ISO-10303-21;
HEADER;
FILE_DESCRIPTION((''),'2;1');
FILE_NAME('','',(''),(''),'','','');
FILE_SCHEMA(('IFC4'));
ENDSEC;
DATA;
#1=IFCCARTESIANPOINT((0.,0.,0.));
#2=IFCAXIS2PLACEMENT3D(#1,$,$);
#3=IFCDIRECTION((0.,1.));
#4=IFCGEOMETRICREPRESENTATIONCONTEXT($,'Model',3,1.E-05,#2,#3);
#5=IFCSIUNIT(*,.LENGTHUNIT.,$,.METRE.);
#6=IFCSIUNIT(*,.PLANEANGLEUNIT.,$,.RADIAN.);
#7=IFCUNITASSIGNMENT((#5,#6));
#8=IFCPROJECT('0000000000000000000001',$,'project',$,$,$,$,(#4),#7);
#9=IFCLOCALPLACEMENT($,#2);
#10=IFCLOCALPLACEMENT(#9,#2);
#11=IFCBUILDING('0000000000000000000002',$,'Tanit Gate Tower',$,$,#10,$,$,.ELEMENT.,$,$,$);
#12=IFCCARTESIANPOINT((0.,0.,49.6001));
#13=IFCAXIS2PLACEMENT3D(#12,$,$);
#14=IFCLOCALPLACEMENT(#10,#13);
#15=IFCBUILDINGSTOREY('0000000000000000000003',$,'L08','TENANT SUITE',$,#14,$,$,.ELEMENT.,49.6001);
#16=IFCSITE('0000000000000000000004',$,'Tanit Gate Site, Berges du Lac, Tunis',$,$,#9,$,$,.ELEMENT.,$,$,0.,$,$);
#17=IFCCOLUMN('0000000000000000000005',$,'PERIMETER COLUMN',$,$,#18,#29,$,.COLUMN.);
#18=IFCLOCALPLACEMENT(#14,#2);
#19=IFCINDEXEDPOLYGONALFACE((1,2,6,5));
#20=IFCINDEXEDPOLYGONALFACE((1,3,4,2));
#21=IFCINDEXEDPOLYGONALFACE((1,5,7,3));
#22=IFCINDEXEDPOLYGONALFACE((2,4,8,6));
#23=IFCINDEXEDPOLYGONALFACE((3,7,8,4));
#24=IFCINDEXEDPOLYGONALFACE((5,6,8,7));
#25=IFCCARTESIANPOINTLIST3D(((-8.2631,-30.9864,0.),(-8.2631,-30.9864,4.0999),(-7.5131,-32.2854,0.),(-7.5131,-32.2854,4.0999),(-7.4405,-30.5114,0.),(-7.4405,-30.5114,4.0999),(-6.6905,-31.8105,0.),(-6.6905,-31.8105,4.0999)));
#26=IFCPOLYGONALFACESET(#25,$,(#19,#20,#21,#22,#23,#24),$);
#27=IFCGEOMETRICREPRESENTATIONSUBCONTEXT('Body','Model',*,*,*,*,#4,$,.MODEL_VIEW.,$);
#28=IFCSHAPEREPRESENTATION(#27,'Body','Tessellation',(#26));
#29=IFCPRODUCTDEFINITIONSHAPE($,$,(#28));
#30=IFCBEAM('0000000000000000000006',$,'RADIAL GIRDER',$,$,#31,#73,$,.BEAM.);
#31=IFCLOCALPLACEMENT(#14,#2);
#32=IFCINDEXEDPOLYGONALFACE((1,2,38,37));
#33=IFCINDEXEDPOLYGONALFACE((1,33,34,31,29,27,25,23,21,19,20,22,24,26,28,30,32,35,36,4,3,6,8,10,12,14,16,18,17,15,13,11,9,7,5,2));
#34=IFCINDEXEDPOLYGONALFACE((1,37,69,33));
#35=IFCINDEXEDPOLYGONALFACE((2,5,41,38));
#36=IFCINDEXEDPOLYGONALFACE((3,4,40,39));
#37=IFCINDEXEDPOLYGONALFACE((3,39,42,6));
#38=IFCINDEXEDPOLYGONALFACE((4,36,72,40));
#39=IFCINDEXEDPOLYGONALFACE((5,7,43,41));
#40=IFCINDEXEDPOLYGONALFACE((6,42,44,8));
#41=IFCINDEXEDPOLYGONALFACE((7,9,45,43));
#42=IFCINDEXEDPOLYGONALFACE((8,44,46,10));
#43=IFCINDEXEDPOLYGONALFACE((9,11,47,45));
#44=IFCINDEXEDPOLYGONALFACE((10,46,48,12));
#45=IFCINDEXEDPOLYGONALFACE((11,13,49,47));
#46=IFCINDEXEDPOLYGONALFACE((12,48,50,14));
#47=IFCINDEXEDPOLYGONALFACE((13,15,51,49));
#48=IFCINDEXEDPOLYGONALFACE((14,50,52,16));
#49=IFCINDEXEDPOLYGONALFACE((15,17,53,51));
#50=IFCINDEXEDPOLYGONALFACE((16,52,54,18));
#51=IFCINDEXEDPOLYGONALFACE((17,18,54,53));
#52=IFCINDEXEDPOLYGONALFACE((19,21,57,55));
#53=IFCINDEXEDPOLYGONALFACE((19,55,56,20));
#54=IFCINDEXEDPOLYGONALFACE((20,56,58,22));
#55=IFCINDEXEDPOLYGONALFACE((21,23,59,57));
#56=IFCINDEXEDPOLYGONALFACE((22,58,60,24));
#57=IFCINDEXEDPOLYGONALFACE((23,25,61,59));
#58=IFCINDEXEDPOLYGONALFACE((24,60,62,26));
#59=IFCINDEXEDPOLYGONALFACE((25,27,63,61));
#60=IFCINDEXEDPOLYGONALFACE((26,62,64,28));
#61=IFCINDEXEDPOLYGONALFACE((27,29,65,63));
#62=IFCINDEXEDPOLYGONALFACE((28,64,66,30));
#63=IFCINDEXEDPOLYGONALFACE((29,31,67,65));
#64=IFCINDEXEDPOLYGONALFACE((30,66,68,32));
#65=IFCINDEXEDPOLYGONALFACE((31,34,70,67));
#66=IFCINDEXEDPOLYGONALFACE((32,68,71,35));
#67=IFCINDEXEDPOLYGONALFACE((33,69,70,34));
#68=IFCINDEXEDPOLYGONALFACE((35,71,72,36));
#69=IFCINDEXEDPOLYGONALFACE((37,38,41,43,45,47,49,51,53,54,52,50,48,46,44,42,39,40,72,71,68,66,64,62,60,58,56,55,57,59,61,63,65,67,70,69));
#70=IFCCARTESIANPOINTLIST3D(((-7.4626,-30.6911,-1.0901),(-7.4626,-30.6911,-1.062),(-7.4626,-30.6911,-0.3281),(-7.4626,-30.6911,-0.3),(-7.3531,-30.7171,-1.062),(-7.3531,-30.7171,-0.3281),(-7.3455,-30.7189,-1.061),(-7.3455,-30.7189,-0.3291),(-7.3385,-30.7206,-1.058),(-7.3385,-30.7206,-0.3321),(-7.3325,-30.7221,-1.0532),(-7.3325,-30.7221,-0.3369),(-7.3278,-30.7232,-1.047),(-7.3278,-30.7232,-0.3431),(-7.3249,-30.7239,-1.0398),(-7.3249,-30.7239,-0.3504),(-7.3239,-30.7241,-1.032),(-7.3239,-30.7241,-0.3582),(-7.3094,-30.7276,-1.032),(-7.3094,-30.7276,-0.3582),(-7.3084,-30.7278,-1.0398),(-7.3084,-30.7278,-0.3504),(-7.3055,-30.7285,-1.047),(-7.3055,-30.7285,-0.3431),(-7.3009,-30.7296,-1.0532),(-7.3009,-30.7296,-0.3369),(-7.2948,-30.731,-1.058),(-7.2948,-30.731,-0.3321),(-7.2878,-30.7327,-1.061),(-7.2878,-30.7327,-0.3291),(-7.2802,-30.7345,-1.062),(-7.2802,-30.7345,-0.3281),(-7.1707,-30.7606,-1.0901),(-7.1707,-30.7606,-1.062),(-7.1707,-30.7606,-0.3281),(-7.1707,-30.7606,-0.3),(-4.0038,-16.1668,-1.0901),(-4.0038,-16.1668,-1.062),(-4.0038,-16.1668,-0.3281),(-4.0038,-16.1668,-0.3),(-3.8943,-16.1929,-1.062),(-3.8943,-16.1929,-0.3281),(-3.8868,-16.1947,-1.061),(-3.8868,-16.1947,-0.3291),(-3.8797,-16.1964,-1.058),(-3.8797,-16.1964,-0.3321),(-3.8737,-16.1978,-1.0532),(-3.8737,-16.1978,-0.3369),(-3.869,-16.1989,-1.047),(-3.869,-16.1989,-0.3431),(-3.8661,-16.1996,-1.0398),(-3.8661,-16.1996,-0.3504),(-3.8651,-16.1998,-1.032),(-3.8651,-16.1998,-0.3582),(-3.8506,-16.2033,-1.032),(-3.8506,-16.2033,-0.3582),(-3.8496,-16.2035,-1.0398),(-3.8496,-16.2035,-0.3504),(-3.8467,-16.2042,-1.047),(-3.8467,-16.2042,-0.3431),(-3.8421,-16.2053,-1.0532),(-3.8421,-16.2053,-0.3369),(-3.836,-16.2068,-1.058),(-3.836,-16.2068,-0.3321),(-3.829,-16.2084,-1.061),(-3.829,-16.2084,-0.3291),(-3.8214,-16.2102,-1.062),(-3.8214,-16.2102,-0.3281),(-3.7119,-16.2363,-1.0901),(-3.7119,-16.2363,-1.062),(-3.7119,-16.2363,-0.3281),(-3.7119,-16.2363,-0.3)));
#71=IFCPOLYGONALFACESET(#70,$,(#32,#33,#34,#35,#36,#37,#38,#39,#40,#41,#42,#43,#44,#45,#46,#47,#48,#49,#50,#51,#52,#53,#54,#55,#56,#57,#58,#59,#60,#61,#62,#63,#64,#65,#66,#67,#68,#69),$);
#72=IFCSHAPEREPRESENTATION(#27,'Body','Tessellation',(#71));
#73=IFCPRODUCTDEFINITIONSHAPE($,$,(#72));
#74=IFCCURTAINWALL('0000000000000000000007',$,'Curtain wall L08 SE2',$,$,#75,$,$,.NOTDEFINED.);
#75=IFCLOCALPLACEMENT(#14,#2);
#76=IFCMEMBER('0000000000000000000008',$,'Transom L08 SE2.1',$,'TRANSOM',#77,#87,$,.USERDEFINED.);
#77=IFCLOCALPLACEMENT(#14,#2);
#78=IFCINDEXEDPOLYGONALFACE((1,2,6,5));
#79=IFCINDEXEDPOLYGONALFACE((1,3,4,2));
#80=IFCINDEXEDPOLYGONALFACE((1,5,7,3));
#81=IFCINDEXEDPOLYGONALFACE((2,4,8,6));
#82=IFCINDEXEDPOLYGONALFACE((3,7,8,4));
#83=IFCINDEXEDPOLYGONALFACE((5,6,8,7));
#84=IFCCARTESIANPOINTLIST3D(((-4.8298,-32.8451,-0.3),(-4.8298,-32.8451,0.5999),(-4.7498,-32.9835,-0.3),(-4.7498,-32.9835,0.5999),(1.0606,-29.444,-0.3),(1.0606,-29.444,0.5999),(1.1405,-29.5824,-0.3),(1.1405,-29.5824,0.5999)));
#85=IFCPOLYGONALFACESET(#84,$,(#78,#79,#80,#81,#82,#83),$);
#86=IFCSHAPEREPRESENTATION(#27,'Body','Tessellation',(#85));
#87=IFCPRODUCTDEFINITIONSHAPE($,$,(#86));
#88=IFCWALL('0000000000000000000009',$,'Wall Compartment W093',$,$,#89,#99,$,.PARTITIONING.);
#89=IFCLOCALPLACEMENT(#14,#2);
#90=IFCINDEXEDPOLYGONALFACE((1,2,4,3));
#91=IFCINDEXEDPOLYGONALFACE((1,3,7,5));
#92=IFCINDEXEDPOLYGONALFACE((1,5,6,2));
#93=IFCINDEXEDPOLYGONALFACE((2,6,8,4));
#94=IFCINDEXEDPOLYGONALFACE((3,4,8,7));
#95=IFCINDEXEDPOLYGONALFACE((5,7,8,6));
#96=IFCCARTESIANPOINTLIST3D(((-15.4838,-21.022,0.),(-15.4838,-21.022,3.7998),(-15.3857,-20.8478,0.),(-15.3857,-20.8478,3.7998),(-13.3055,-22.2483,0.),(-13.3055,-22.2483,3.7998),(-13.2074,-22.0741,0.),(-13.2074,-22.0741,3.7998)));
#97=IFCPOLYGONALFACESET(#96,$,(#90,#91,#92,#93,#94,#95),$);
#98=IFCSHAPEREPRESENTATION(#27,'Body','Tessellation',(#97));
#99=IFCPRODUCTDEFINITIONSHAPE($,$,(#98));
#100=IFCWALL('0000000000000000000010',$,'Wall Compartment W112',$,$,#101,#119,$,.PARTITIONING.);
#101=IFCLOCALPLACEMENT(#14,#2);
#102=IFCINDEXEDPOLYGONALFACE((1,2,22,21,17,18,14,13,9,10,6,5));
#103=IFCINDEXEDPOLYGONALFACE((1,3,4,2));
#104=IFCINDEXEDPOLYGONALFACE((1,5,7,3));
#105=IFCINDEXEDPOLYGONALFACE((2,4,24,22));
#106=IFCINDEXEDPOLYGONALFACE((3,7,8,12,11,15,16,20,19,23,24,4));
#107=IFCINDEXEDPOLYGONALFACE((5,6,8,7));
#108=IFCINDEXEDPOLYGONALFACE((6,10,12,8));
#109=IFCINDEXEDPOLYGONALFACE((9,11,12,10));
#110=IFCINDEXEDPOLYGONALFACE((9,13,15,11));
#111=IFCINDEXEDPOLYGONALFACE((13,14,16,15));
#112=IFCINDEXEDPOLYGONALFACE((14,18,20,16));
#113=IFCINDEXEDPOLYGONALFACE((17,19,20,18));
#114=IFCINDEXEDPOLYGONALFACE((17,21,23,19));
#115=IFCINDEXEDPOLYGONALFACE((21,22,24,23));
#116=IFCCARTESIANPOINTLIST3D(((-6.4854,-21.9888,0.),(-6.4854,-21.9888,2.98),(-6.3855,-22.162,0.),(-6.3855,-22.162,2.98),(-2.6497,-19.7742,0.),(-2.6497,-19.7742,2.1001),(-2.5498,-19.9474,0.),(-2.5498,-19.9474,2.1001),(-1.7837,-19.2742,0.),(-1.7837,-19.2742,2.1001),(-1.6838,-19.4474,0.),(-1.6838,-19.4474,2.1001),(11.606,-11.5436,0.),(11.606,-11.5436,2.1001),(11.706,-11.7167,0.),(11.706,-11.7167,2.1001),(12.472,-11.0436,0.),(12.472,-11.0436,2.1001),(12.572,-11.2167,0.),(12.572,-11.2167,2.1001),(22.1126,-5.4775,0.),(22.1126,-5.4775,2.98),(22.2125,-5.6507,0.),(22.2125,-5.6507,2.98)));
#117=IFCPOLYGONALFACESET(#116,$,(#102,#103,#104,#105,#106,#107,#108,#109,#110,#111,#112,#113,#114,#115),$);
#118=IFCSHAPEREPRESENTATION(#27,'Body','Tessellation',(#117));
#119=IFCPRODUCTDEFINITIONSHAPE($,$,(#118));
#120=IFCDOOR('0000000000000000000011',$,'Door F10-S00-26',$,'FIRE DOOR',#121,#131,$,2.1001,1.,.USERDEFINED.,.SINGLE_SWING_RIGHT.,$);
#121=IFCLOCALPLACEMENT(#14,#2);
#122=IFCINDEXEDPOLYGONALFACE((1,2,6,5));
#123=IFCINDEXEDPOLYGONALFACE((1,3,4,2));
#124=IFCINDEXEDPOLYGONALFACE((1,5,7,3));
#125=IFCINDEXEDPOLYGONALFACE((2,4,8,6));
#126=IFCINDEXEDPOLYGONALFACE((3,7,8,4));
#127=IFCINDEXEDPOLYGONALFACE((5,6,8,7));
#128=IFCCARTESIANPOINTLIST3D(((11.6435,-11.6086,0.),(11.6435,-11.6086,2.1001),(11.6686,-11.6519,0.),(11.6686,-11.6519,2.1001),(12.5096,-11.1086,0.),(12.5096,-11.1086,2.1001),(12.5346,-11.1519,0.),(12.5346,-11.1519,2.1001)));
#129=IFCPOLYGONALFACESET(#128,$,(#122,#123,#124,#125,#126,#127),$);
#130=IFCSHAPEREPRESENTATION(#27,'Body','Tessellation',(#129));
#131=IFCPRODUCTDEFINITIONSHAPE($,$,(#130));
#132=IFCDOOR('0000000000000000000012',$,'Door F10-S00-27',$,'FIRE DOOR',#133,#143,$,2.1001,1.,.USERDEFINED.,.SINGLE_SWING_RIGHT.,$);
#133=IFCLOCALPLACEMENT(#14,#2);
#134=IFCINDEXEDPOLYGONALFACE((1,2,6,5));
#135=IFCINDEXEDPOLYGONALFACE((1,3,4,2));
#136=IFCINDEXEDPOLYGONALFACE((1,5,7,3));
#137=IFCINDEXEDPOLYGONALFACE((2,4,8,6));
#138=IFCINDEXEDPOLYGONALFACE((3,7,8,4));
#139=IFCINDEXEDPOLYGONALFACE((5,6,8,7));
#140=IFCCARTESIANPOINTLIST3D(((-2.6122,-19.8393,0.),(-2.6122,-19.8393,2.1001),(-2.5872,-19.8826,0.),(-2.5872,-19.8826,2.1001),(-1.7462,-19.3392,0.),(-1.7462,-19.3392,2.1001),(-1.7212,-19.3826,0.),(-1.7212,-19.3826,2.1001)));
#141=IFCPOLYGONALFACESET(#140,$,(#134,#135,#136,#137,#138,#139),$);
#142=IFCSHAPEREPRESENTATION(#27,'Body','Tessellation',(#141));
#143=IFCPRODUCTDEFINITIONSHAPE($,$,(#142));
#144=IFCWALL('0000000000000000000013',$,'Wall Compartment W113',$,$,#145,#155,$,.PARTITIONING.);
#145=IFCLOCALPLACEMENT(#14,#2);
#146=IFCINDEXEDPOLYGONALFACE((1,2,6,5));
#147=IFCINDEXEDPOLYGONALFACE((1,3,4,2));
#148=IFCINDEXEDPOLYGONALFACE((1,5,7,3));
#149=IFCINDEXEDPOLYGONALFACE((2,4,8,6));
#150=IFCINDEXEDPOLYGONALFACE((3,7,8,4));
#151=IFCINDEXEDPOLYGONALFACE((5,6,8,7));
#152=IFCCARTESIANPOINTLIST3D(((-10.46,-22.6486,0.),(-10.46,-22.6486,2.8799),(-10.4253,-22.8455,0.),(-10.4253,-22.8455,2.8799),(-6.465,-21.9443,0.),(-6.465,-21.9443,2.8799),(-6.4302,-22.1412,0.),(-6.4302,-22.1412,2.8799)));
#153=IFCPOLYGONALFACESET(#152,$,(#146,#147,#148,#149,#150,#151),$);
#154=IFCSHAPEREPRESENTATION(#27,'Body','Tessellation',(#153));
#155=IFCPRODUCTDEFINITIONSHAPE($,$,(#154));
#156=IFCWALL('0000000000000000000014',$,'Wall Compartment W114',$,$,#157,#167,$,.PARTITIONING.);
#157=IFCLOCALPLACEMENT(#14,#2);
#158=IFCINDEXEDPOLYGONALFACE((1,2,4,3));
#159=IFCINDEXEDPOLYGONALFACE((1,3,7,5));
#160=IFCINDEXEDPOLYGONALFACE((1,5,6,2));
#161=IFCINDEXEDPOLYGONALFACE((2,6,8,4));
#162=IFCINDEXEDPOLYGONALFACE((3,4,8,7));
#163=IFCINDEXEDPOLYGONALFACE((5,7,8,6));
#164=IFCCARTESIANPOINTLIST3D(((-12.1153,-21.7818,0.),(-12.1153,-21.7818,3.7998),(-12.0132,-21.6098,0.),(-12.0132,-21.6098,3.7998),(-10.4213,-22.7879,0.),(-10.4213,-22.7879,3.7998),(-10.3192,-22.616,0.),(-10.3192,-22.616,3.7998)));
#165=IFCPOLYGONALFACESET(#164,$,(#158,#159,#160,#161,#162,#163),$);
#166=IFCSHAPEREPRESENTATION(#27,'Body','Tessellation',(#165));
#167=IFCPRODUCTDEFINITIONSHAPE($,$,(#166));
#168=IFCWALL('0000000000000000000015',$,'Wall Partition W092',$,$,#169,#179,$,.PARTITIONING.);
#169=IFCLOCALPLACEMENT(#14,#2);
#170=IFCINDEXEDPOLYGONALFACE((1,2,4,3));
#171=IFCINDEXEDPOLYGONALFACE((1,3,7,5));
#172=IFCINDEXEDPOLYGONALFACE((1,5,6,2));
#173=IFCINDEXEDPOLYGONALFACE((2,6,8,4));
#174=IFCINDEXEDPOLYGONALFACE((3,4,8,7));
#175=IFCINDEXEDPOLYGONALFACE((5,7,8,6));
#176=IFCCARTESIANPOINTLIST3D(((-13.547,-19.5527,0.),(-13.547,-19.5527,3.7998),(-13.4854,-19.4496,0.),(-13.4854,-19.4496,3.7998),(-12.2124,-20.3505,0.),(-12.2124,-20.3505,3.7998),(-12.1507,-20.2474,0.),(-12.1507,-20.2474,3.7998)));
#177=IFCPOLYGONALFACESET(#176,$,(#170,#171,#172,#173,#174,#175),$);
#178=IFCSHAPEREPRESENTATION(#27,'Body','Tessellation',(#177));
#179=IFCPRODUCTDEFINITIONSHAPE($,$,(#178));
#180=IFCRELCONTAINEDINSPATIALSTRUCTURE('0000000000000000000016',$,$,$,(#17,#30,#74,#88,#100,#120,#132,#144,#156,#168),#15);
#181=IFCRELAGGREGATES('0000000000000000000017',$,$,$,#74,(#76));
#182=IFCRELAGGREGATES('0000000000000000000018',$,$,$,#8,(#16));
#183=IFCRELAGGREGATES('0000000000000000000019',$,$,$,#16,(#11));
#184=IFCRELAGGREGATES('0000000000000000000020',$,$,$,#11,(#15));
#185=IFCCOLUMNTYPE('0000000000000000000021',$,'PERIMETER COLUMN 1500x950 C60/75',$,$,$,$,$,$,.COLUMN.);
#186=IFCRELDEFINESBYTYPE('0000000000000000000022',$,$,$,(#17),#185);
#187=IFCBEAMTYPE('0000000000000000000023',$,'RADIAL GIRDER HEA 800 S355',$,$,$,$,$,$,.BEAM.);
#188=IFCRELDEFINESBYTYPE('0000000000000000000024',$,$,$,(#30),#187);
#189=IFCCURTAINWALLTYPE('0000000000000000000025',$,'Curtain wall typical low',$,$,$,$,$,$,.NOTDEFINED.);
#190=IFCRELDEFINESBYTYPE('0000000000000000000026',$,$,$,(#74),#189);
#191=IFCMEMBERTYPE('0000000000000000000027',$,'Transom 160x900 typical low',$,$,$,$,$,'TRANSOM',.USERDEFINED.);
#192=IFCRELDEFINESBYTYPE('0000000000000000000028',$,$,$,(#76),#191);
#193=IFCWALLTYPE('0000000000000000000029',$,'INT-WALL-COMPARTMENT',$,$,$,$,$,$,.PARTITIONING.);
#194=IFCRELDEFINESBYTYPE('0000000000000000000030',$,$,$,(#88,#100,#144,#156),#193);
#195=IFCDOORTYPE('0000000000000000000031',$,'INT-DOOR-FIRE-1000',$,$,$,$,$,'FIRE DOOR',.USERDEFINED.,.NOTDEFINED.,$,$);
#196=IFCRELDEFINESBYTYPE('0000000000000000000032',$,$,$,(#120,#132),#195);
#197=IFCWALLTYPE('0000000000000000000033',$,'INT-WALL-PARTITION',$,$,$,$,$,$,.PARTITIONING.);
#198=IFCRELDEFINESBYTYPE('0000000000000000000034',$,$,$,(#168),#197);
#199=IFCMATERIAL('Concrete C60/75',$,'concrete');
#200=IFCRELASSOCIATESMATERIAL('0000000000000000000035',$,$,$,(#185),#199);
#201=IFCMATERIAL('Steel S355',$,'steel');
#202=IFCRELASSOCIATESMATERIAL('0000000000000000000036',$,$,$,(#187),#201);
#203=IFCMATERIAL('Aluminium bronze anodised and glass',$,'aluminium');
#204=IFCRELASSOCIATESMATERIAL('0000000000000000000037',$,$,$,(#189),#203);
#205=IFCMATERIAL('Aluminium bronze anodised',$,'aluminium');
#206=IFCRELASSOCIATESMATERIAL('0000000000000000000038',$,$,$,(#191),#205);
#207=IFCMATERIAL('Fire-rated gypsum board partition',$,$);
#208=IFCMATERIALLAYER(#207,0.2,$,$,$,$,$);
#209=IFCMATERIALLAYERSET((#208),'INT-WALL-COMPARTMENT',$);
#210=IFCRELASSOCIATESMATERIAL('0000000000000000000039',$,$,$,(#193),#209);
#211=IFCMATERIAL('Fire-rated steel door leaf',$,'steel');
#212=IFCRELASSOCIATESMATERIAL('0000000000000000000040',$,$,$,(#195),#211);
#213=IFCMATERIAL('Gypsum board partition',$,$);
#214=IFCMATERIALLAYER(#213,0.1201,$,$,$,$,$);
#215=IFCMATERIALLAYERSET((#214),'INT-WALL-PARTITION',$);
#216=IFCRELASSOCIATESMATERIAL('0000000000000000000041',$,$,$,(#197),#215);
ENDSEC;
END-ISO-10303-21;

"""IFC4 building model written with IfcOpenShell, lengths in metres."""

from ifc_helpers import new_model, si_unit, direction, frame, frame_2d, origin, origin_2d, place, context, subcontext, project, spatial, rectangle, i_section, extrude, material, layer, layer_set, material_profile, profile_set, type_object, element, fill, aggregate, save


model = new_model("IFC4")

# Units and contexts
model_context = context("Model", 3, precision=1e-05, world=origin(), true_north=direction((0.0, 1.0)))
body_context = subcontext(model_context, "Body", "Model", "MODEL_VIEW")
ifc_project = project(units=[si_unit("LENGTHUNIT", "METRE"), si_unit("PLANEANGLEUNIT", "RADIAN")], contexts=[model_context])

# Site, building, storey
site_placement = place(None, origin())
site = spatial("IfcSite", under=ifc_project, at=site_placement, Name="Tanit Gate Site, Berges du Lac, Tunis", CompositionType="ELEMENT", RefElevation=0.0)
building_placement = place(site_placement, origin())
building = spatial("IfcBuilding", under=site, at=building_placement, Name="Tanit Gate Tower", CompositionType="ELEMENT")
storey_placement = place(building_placement, frame((0.0, 0.0, 49.6001)))
storey = spatial("IfcBuildingStorey", under=building, at=storey_placement, Name="L08", Description="TENANT SUITE", CompositionType="ELEMENT", Elevation=49.6001)

# Column
ifc_material_1 = material(Name="Concrete C60/75", Category="concrete")
ifc_material_profile_1 = material_profile(ifc_material_1, rectangle(XDim=1.5, YDim=0.95, at=origin_2d()), Name="RC 1500x950")
ifc_profile_set_1 = profile_set([ifc_material_profile_1], Name="Concrete C60/75")
column_type = type_object("IfcColumnType", Name="PERIMETER COLUMN 1500x950 C60/75", PredefinedType="COLUMN", material=ifc_profile_set_1)
column_placement = place(storey_placement, frame((-7.4768, -31.3984, 0.0), z_axis=(0.0, 0.0, 1.0), x_axis=(0.5, -0.866025, 0.0)))
element("IfcColumn", 1, at=column_placement, inside=storey, type_object=column_type, Name="PERIMETER COLUMN", PredefinedType="COLUMN", context=body_context, shape_type="SweptSolid", body=[
    extrude(rectangle(XDim=1.5, YDim=0.95, at=origin_2d()), origin(), (0.0, 0.0, 1.0), 4.0999),
])

# Beam
ifc_material_2 = material(Name="Steel S355", Category="steel")
ifc_material_profile_2 = material_profile(ifc_material_2, i_section(OverallWidth=0.3, OverallDepth=0.79, WebThickness=0.0149, FlangeThickness=0.0281, FilletRadius=0.03, at=origin_2d()), Name="HEA 800")
ifc_profile_set_2 = profile_set([ifc_material_profile_2], Name="Steel S355")
beam_type = type_object("IfcBeamType", Name="RADIAL GIRDER HEA 800 S355", PredefinedType="BEAM", material=ifc_profile_set_2)
beam_placement = place(storey_placement, frame((-7.3167, -30.7258, -0.6951), z_axis=(0.231659, 0.972797, 0.0), x_axis=(-0.972797, 0.231659, 0.0)))
element("IfcBeam", 2, at=beam_placement, inside=storey, type_object=beam_type, Name="RADIAL GIRDER", PredefinedType="BEAM", context=body_context, shape_type="SweptSolid", body=[
    extrude(i_section(OverallWidth=0.3, OverallDepth=0.79, WebThickness=0.0149, FlangeThickness=0.0281, FilletRadius=0.03, at=origin_2d()), origin(), (0.0, 0.0, 1.0), 14.9304),
])

# Curtain wall, member
ifc_material_3 = material(Name="Aluminium bronze anodised and glass", Category="aluminium")
curtain_wall_type = type_object("IfcCurtainWallType", Name="Curtain wall typical low", PredefinedType="NOTDEFINED", material=ifc_material_3)
curtain_wall_placement = place(storey_placement, origin())
curtain_wall = element("IfcCurtainWall", 3, at=curtain_wall_placement, inside=storey, type_object=curtain_wall_type, Name="Curtain wall L08 SE2", PredefinedType="NOTDEFINED")
ifc_material_4 = material(Name="Aluminium bronze anodised", Category="aluminium")
ifc_material_profile_3 = material_profile(ifc_material_4, rectangle(XDim=0.1599, YDim=0.8999, at=origin_2d()), Name="160x900 bronze transom")
ifc_profile_set_3 = profile_set([ifc_material_profile_3], Name="Aluminium bronze anodised")
member_type = type_object("IfcMemberType", Name="Transom 160x900 typical low", ElementType="TRANSOM", PredefinedType="USERDEFINED", material=ifc_profile_set_3)
member_placement = place(storey_placement, frame((-4.7898, -32.9143, 0.1499), z_axis=(0.866006, 0.500034, 0.0), x_axis=(-0.500034, 0.866006, 0.0)))
member = element("IfcMember", 4, at=member_placement, type_object=member_type, Name="Transom L08 SE2.1", ObjectType="TRANSOM", PredefinedType="USERDEFINED", context=body_context, shape_type="SweptSolid", body=[
    extrude(rectangle(XDim=0.1599, YDim=0.8999, at=origin_2d()), origin(), (0.0, 0.0, 1.0), 6.8018),
])
aggregate(curtain_wall, [member])

# Wall
ifc_material_5 = material(Name="Fire-rated gypsum board partition")
ifc_layer_1 = layer(ifc_material_5, 0.2)
ifc_layer_set_1 = layer_set([ifc_layer_1], Name="INT-WALL-COMPARTMENT")
wall_type_1 = type_object("IfcWallType", Name="INT-WALL-COMPARTMENT", PredefinedType="PARTITIONING", material=ifc_layer_set_1)
wall_1_placement = place(storey_placement, frame((-15.4348, -20.9348, 0.0), z_axis=(0.0, 0.0, 1.0), x_axis=(0.871393, -0.490586, 0.0)))
element("IfcWall", 5, at=wall_1_placement, inside=storey, type_object=wall_type_1, Name="Wall Compartment W093", PredefinedType="PARTITIONING", context=body_context, shape_type="SweptSolid", body=[
    extrude(rectangle(XDim=2.4998, YDim=0.2, at=frame_2d((1.25, 0.0))), origin(), (0.0, 0.0, 1.0), 3.7998),
])

# Wall, openings, doors
wall_2_placement = place(storey_placement, frame((-6.4355, -22.0754, 0.0), z_axis=(0.0, 0.0, 1.0), x_axis=(0.866022, 0.500005, 0.0)))
wall_2 = element("IfcWall", 6, at=wall_2_placement, inside=storey, type_object=wall_type_1, Name="Wall Compartment W112", PredefinedType="PARTITIONING", context=body_context, shape_type="SweptSolid", body=[
    extrude(rectangle(XDim=33.0222, YDim=0.2, at=frame_2d((16.5112, 0.0))), origin(), (0.0, 0.0, 1.0), 2.98),
])
opening_1_placement = place(wall_2_placement, frame((20.8904, 0.0, 0.0)))
opening_1 = element("IfcOpeningElement", 7, at=opening_1_placement, cuts=wall_2, PredefinedType="OPENING", context=body_context, shape_type="SweptSolid", body=[
    extrude(rectangle(XDim=1.0, YDim=2.1001, at=frame_2d((0.5, 1.05))), frame((0.0, 0.1099, 0.0), z_axis=(0.0, -1.0, 0.0), x_axis=(1.0, 0.0, 0.0)), (0.0, 0.0, 1.0), 0.22),
])
opening_2_placement = place(wall_2_placement, frame((4.4292, 0.0, 0.0)))
opening_2 = element("IfcOpeningElement", 8, at=opening_2_placement, cuts=wall_2, PredefinedType="OPENING", context=body_context, shape_type="SweptSolid", body=[
    extrude(rectangle(XDim=1.0, YDim=2.1001, at=frame_2d((0.5, 1.05))), frame((0.0, 0.1099, 0.0), z_axis=(0.0, -1.0, 0.0), x_axis=(1.0, 0.0, 0.0)), (0.0, 0.0, 1.0), 0.22),
])
ifc_material_6 = material(Name="Fire-rated steel door leaf", Category="steel")
door_type_1 = type_object("IfcDoorType", Name="INT-DOOR-FIRE-1000", ElementType="FIRE DOOR", OperationType="NOTDEFINED", PredefinedType="USERDEFINED", material=ifc_material_6)
door_1_placement = place(opening_1_placement, origin())
door_1 = element("IfcDoor", 9, at=door_1_placement, inside=storey, type_object=door_type_1, Name="Door F10-S00-26", ObjectType="FIRE DOOR", OperationType="SINGLE_SWING_RIGHT", OverallHeight=2.1001, OverallWidth=1.0, PredefinedType="USERDEFINED", context=body_context, shape_type="SweptSolid", body=[
    extrude(rectangle(XDim=1.0, YDim=2.1001, at=frame_2d((0.5, 1.05))), frame((0.0, 0.0249, 0.0), z_axis=(0.0, -1.0, 0.0), x_axis=(1.0, 0.0, 0.0)), (0.0, 0.0, 1.0), 0.05),
])
fill(opening_1, door_1)
door_2_placement = place(opening_2_placement, origin())
door_2 = element("IfcDoor", 10, at=door_2_placement, inside=storey, type_object=door_type_1, Name="Door F10-S00-27", ObjectType="FIRE DOOR", OperationType="SINGLE_SWING_RIGHT", OverallHeight=2.1001, OverallWidth=1.0, PredefinedType="USERDEFINED", context=body_context, shape_type="SweptSolid", body=[
    extrude(rectangle(XDim=1.0, YDim=2.1001, at=frame_2d((0.5, 1.05))), frame((0.0, 0.0249, 0.0), z_axis=(0.0, -1.0, 0.0), x_axis=(1.0, 0.0, 0.0)), (0.0, 0.0, 1.0), 0.05),
])
fill(opening_2, door_2)

# Walls
wall_3_placement = place(storey_placement, frame((-10.4426, -22.7471, 0.0), z_axis=(0.0, 0.0, 1.0), x_axis=(0.984812, 0.173624, 0.0)))
element("IfcWall", 11, at=wall_3_placement, inside=storey, type_object=wall_type_1, Name="Wall Compartment W113", PredefinedType="PARTITIONING", context=body_context, shape_type="SweptSolid", body=[
    extrude(rectangle(XDim=4.0566, YDim=0.2, at=frame_2d((2.0283, 0.0))), origin(), (0.0, 0.0, 1.0), 2.8799),
])
wall_4_placement = place(storey_placement, frame((-12.0642, -21.6958, 0.0), z_axis=(0.0, 0.0, 1.0), x_axis=(0.85977, -0.510682, 0.0)))
element("IfcWall", 12, at=wall_4_placement, inside=storey, type_object=wall_type_1, Name="Wall Compartment W114", PredefinedType="PARTITIONING", context=body_context, shape_type="SweptSolid", body=[
    extrude(rectangle(XDim=1.9702, YDim=0.2, at=frame_2d((0.9851, 0.0))), origin(), (0.0, 0.0, 1.0), 3.7998),
])
ifc_material_7 = material(Name="Gypsum board partition")
ifc_layer_2 = layer(ifc_material_7, 0.1201)
ifc_layer_set_2 = layer_set([ifc_layer_2], Name="INT-WALL-PARTITION")
wall_type_2 = type_object("IfcWallType", Name="INT-WALL-PARTITION", PredefinedType="PARTITIONING", material=ifc_layer_set_2)
wall_5_placement = place(storey_placement, frame((-13.5161, -19.5012, 0.0), z_axis=(0.0, 0.0, 1.0), x_axis=(0.858337, -0.513087, 0.0)))
element("IfcWall", 13, at=wall_5_placement, inside=storey, type_object=wall_type_2, Name="Wall Partition W092", PredefinedType="PARTITIONING", context=body_context, shape_type="SweptSolid", body=[
    extrude(rectangle(XDim=1.5549, YDim=0.1201, at=frame_2d((0.7773, 0.0))), origin(), (0.0, 0.0, 1.0), 3.7998),
])

save(model, "model.ifc")
